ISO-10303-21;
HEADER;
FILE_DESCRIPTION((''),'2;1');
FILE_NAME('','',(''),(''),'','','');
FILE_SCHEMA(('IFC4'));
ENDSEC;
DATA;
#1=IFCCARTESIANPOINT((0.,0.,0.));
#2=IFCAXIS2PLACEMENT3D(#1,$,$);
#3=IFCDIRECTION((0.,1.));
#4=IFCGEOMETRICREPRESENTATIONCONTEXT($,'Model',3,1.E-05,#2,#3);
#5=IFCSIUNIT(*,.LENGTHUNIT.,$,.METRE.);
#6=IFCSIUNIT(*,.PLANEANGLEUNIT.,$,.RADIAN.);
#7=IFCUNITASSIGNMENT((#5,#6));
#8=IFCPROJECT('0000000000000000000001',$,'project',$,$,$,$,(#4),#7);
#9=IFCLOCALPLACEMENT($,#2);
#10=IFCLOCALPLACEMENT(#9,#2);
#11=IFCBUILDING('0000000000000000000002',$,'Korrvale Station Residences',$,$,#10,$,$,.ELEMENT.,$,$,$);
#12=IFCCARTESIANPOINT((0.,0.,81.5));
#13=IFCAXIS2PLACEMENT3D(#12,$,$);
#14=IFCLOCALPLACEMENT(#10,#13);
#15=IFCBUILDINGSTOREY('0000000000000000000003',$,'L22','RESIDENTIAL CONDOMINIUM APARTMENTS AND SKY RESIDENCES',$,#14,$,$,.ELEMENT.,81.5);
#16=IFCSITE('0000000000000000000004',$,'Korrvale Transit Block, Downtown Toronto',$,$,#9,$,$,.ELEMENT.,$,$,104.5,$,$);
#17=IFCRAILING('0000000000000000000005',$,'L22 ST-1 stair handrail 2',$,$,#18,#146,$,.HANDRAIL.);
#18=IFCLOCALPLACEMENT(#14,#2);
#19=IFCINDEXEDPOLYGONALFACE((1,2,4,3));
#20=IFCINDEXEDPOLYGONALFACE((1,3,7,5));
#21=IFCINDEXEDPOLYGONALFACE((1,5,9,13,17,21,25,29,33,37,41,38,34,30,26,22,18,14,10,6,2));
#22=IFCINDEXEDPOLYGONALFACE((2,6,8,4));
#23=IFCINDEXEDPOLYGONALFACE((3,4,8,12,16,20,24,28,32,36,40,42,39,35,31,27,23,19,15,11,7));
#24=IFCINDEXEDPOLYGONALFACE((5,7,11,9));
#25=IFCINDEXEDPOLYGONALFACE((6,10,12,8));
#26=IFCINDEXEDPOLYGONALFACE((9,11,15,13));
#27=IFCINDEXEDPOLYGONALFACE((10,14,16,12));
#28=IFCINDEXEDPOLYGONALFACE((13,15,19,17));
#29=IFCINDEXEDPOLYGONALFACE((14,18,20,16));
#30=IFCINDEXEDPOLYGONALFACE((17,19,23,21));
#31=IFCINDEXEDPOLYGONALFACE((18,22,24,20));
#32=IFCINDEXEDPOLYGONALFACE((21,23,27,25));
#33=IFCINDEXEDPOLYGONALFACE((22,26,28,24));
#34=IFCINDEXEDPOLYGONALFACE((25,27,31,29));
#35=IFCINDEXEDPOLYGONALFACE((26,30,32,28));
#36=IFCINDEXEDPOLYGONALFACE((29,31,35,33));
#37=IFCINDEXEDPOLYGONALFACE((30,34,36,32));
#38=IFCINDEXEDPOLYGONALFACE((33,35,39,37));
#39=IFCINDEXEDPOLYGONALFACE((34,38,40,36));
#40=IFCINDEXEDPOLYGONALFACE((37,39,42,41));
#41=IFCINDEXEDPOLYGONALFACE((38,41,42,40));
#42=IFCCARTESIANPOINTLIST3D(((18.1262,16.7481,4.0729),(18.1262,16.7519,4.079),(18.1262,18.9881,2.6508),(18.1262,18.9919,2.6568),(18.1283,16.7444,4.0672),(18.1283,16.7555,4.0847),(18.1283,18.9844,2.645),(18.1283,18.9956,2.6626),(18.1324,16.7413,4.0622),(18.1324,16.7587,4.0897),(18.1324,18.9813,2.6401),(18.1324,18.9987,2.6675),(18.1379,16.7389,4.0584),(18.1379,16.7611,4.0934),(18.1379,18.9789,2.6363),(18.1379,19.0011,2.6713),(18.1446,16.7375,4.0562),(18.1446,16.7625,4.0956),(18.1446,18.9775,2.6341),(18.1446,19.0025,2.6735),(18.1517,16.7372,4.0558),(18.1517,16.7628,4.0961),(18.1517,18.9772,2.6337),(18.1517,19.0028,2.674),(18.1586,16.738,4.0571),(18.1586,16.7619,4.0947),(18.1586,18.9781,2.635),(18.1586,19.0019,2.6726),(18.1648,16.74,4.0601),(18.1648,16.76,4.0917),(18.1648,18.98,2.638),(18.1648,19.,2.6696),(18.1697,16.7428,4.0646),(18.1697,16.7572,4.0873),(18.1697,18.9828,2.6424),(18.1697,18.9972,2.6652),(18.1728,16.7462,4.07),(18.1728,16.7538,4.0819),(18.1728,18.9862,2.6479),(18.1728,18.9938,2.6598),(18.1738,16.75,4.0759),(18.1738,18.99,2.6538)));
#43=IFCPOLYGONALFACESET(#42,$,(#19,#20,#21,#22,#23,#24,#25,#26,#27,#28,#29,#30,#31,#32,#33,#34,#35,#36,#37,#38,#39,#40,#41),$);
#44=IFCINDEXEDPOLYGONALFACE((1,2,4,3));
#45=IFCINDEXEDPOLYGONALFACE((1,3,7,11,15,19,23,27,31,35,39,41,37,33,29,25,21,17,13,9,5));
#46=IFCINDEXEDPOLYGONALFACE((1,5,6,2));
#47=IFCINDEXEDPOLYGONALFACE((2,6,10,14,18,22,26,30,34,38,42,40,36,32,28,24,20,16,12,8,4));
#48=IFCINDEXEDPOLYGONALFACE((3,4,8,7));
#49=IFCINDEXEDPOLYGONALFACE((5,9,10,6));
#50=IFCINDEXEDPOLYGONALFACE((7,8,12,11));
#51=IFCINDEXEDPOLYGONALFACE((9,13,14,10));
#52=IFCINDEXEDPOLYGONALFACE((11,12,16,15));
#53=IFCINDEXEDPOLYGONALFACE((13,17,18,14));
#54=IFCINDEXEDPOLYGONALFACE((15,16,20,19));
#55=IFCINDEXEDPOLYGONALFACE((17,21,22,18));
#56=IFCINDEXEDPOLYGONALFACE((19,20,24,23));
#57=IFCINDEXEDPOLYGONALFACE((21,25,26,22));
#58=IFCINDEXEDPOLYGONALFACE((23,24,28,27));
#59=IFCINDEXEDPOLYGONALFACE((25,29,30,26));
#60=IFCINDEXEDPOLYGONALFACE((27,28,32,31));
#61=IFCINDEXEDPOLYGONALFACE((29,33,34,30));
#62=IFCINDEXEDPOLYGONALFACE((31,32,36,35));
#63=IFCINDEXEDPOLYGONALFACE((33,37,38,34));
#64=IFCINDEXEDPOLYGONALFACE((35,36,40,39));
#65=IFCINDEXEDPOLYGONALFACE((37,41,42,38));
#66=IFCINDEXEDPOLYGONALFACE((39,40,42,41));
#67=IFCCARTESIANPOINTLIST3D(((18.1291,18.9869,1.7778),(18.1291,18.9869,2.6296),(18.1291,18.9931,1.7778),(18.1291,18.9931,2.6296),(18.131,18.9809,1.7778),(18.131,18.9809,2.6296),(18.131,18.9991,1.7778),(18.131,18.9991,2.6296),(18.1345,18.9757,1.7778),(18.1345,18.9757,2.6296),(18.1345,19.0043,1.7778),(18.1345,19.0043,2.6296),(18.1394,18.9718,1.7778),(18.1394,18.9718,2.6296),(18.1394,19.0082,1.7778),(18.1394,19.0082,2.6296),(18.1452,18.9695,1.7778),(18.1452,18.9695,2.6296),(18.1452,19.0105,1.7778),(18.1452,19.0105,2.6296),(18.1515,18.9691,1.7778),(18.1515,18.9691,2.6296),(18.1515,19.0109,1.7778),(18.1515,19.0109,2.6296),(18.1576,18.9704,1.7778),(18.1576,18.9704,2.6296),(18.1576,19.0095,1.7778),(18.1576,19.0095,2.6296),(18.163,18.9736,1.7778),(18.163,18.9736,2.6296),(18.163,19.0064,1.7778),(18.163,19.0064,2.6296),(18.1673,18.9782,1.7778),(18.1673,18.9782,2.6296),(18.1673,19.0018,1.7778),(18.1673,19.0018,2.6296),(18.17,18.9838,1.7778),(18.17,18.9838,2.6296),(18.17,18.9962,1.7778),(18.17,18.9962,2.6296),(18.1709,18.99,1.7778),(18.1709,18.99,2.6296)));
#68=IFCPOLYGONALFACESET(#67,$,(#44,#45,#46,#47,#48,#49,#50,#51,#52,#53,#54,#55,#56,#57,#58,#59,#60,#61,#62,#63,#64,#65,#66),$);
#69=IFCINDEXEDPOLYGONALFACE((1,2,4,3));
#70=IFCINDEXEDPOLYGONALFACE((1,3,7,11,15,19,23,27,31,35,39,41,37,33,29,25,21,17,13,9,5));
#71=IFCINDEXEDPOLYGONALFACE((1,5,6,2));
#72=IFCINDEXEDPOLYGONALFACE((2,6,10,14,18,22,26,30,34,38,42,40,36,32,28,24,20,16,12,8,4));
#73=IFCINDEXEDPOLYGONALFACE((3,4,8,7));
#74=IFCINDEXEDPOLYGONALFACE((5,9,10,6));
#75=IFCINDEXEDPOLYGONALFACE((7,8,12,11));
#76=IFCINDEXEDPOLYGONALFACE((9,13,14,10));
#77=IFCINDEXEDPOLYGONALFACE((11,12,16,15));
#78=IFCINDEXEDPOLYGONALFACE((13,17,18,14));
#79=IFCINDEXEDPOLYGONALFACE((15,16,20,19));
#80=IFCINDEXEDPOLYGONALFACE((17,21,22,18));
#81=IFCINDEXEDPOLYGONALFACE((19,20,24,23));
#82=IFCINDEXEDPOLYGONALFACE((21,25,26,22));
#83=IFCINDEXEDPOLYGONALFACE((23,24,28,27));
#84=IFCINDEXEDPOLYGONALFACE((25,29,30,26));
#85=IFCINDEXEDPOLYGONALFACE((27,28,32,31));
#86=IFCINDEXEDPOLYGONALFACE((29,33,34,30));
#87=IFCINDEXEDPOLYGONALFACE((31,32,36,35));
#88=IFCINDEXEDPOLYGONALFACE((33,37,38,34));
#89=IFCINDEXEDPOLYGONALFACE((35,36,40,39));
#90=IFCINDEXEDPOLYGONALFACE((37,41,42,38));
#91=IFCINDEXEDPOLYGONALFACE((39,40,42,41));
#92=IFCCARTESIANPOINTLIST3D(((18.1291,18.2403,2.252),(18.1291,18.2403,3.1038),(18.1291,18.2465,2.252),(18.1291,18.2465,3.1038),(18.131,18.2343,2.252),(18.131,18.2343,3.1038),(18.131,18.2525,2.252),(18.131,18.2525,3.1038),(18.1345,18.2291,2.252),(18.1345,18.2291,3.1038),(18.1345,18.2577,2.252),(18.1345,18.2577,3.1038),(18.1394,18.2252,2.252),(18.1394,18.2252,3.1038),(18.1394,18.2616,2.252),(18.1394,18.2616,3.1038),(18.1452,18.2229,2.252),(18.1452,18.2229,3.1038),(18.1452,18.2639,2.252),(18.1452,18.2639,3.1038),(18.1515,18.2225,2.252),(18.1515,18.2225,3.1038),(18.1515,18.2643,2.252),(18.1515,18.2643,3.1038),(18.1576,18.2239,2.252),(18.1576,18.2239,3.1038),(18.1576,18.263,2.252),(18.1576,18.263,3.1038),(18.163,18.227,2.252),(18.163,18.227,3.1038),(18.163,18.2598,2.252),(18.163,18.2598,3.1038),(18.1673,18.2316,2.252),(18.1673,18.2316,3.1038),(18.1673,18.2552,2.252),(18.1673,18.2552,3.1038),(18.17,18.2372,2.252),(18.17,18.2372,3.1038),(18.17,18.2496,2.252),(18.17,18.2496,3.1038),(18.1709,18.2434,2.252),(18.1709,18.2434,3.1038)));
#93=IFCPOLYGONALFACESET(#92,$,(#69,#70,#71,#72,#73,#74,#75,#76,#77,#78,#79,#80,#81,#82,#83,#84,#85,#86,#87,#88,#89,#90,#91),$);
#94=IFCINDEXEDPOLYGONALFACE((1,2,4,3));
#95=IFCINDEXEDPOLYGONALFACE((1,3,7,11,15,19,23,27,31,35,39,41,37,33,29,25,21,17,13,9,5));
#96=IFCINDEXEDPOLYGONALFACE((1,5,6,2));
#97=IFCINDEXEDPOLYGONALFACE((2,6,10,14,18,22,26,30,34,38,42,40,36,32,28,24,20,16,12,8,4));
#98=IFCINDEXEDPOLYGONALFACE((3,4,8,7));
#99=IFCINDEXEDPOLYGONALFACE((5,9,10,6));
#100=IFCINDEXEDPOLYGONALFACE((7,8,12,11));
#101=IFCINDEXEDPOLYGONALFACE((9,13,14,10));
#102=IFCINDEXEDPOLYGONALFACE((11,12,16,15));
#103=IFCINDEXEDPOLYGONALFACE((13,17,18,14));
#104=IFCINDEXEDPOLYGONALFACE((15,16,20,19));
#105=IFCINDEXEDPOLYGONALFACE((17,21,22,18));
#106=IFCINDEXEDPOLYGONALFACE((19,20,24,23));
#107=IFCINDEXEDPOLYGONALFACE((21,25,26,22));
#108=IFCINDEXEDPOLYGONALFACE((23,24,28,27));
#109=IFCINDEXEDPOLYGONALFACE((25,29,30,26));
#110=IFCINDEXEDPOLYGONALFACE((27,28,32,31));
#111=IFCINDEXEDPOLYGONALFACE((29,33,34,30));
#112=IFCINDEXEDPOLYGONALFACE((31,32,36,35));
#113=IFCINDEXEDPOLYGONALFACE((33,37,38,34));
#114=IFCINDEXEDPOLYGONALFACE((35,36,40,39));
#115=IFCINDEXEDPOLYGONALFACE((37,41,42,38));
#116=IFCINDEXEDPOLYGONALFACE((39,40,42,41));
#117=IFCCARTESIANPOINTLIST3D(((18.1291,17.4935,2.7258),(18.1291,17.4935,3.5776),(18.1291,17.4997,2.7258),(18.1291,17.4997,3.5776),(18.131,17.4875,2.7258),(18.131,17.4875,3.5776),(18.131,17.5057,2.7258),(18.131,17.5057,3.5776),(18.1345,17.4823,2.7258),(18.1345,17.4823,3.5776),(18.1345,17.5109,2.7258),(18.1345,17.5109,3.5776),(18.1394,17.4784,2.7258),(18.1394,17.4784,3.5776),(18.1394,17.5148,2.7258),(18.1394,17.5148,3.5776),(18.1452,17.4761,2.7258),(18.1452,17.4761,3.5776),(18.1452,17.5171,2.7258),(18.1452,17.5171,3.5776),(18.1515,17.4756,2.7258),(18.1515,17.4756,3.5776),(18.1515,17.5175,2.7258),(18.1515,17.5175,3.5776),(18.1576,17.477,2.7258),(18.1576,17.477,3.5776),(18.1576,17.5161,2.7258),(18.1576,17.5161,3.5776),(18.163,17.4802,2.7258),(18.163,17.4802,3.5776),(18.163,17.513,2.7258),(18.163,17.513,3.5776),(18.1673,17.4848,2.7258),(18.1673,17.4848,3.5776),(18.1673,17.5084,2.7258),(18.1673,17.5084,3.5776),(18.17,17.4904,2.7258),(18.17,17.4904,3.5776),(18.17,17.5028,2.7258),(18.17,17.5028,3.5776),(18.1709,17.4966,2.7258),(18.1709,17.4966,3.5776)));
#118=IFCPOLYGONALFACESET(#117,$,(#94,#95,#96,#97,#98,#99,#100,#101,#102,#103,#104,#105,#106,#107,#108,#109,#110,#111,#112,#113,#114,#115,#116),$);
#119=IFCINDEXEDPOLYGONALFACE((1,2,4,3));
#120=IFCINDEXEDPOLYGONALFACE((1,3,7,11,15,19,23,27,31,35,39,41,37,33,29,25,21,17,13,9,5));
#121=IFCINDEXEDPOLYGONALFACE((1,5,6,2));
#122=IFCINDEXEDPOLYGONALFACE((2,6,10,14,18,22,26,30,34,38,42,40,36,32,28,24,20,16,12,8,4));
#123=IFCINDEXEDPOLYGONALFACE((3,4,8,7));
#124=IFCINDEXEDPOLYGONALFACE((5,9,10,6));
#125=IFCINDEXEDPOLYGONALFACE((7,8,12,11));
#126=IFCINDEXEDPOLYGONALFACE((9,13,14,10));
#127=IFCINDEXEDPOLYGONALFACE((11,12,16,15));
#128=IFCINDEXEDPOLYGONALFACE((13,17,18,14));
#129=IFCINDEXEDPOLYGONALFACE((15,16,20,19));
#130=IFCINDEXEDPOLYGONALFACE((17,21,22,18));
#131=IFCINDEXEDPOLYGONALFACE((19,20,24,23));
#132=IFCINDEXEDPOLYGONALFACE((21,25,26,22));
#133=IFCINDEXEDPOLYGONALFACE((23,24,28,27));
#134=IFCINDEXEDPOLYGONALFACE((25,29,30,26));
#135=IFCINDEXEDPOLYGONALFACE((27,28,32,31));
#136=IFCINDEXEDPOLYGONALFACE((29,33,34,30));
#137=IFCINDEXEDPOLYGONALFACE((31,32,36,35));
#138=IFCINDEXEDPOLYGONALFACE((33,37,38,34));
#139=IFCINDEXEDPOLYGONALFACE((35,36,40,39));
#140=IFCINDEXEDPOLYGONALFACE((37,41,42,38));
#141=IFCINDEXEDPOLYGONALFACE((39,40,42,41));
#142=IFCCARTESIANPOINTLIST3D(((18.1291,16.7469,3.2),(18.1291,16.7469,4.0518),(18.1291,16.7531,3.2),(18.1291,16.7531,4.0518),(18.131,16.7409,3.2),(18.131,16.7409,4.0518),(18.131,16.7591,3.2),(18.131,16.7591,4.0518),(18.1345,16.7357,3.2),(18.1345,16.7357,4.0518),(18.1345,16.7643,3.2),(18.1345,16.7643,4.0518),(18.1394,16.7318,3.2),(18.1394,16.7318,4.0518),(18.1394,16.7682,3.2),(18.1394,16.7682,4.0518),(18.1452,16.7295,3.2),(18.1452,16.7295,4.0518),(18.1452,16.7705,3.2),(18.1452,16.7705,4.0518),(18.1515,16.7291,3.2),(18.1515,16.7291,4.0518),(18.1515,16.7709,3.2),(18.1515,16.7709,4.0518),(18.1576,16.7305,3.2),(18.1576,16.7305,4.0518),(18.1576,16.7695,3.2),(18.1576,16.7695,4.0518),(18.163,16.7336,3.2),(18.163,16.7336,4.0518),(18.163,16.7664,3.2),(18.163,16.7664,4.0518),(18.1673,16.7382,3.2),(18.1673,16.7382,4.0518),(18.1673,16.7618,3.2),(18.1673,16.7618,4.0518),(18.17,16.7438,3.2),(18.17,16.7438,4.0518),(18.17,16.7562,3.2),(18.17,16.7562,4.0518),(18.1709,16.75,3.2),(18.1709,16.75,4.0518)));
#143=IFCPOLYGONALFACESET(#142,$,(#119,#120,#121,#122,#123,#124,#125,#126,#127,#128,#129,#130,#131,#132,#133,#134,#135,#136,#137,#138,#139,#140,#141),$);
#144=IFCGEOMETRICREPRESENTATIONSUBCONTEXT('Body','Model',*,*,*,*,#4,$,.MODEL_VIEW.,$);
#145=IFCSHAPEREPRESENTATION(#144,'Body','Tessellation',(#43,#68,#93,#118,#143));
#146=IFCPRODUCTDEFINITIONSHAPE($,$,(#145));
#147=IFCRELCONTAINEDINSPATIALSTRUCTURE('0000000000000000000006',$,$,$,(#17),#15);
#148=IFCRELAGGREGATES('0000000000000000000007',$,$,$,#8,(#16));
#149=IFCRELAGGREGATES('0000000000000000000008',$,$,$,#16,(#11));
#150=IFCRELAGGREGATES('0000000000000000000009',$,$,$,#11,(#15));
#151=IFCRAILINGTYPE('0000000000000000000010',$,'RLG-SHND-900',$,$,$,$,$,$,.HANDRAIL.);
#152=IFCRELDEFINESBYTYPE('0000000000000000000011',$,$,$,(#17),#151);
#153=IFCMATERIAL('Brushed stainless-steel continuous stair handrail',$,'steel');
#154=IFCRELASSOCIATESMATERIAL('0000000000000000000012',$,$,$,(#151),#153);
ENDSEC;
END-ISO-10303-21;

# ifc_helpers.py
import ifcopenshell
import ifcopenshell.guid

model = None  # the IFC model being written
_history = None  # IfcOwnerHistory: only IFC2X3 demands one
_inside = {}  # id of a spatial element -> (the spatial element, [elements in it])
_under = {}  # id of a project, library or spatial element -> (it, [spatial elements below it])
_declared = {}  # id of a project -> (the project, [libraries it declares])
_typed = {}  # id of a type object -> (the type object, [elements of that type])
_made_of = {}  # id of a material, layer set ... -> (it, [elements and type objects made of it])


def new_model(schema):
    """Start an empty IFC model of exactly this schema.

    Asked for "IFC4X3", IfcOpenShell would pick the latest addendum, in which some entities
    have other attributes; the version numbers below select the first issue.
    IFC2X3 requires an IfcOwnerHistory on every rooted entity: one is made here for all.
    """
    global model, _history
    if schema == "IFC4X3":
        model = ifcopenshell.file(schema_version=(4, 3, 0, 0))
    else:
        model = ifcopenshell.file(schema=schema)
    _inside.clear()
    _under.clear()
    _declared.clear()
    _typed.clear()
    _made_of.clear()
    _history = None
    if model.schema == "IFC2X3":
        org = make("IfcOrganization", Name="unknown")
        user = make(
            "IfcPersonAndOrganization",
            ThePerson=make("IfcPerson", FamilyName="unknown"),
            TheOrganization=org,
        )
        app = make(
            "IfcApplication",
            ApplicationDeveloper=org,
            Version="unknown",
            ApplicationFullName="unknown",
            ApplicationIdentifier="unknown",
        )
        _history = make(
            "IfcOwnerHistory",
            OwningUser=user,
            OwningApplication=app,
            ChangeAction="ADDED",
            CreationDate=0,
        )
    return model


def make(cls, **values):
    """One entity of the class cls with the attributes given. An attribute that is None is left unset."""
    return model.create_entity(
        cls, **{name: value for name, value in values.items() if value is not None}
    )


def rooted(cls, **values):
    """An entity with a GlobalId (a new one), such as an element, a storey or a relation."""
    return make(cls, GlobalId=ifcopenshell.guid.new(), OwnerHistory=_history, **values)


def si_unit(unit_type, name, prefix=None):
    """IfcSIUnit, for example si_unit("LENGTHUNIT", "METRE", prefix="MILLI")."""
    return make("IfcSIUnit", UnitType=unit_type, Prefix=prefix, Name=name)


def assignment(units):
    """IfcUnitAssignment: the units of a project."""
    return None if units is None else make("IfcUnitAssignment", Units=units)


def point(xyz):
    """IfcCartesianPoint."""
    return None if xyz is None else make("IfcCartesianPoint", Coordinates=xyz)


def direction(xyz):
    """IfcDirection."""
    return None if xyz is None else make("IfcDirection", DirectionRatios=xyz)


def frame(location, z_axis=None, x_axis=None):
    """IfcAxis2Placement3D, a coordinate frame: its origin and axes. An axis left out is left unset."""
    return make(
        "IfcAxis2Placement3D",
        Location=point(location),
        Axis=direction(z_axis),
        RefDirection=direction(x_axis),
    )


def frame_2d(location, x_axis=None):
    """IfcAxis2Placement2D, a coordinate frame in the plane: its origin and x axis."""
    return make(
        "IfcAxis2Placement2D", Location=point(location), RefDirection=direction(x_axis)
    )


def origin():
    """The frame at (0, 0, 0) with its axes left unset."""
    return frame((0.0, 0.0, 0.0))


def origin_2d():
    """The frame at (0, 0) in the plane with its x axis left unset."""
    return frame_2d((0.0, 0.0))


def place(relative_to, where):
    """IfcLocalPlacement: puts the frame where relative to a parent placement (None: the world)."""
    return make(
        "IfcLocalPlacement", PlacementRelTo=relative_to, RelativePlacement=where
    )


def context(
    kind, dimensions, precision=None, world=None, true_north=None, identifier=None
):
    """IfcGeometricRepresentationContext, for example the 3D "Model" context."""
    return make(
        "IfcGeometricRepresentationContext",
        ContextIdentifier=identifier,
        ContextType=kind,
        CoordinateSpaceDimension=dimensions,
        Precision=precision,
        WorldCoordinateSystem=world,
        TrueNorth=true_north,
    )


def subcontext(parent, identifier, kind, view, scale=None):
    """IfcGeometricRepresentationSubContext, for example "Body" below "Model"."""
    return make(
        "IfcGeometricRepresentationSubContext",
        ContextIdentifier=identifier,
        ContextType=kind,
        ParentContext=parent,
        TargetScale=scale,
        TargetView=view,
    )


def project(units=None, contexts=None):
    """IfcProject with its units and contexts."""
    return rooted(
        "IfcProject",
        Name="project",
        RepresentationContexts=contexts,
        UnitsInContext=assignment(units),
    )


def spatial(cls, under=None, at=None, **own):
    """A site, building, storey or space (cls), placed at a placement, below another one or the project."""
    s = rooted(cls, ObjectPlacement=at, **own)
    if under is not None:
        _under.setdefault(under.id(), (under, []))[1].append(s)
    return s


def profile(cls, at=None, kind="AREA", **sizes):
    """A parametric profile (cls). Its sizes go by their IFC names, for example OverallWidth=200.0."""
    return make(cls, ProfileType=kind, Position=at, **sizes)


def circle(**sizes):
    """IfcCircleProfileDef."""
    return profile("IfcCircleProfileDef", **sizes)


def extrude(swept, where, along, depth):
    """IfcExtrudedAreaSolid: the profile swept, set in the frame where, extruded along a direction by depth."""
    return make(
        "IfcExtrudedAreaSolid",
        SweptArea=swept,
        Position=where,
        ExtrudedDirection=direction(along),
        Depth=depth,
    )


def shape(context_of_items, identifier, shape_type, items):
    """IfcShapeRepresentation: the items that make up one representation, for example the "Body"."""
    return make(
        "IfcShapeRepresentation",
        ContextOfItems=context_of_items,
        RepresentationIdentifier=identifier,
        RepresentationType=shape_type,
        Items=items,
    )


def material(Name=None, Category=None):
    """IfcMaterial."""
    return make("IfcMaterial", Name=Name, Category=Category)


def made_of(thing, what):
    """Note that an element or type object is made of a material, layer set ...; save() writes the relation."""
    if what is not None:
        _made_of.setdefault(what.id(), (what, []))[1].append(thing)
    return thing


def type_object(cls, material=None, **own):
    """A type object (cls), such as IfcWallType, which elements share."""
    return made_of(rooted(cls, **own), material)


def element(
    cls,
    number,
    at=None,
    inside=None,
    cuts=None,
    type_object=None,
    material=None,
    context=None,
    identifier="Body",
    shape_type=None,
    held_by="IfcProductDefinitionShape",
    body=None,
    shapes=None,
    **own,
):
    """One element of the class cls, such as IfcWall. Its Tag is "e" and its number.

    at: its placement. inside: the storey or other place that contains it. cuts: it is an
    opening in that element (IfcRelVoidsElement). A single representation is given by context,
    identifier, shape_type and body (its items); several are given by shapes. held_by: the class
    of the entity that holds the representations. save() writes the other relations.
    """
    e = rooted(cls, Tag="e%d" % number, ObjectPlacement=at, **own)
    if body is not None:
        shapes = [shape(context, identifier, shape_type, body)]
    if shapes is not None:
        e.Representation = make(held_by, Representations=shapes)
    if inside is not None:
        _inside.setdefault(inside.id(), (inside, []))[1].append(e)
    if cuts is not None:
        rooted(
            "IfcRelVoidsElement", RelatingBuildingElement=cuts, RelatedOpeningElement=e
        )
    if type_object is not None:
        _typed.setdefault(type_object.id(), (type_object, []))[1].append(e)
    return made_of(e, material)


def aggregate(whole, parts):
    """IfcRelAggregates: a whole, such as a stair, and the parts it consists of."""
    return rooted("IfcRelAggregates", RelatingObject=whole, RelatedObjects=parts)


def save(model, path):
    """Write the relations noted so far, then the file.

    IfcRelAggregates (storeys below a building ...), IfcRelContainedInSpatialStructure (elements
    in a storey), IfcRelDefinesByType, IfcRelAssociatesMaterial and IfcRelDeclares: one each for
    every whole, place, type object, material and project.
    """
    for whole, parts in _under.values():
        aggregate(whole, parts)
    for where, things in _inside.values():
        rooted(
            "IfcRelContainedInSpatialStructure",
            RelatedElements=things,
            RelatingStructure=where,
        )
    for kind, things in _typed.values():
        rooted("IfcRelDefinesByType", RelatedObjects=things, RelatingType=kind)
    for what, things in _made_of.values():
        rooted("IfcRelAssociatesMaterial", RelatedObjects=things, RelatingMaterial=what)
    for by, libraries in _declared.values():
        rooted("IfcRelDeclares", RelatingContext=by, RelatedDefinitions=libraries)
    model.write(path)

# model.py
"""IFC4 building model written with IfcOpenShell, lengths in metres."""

from ifc_helpers import new_model, si_unit, direction, frame, origin, origin_2d, place, context, subcontext, project, spatial, circle, extrude, material, type_object, element, save


model = new_model("IFC4")

# Units and contexts
model_context = context("Model", 3, precision=1e-05, world=origin(), true_north=direction((0.0, 1.0)))
body_context = subcontext(model_context, "Body", "Model", "MODEL_VIEW")
ifc_project = project(units=[si_unit("LENGTHUNIT", "METRE"), si_unit("PLANEANGLEUNIT", "RADIAN")], contexts=[model_context])

# Site, building, storey
site_placement = place(None, origin())
site = spatial("IfcSite", under=ifc_project, at=site_placement, Name="Korrvale Transit Block, Downtown Toronto", CompositionType="ELEMENT", RefElevation=104.5)
building_placement = place(site_placement, origin())
building = spatial("IfcBuilding", under=site, at=building_placement, Name="Korrvale Station Residences", CompositionType="ELEMENT")
storey_placement = place(building_placement, frame((0.0, 0.0, 81.5)))
storey = spatial("IfcBuildingStorey", under=building, at=storey_placement, Name="L22", Description="RESIDENTIAL CONDOMINIUM APARTMENTS AND SKY RESIDENCES", CompositionType="ELEMENT", Elevation=81.5)

# Railing
ifc_material_1 = material(Name="Brushed stainless-steel continuous stair handrail", Category="steel")
railing_type_1 = type_object("IfcRailingType", Name="RLG-SHND-900", PredefinedType="HANDRAIL", material=ifc_material_1)
railing_1_placement = place(storey_placement, frame((18.1499, 18.99, 1.7778)))
element("IfcRailing", 1, at=railing_1_placement, inside=storey, type_object=railing_type_1, Name="L22 ST-1 stair handrail 2", PredefinedType="HANDRAIL", context=body_context, shape_type="SweptSolid", body=[
    extrude(circle(Radius=0.0239, at=origin_2d()), frame((0.0, 0.0, 0.876), z_axis=(0.0, -0.844229, 0.535982), x_axis=(1.0, 0.0, 0.0)), (0.0, 0.0, 1.0), 2.6533),
    extrude(circle(Radius=0.021, at=origin_2d()), origin(), (0.0, 0.0, 1.0), 0.8518),
    extrude(circle(Radius=0.021, at=origin_2d()), frame((0.0, -0.7466, 0.4741)), (0.0, 0.0, 1.0), 0.8518),
    extrude(circle(Radius=0.021, at=origin_2d()), frame((0.0, -1.4934, 0.948)), (0.0, 0.0, 1.0), 0.8518),
    extrude(circle(Radius=0.021, at=origin_2d()), frame((0.0, -2.24, 1.4221)), (0.0, 0.0, 1.0), 0.8518),
])

save(model, "model.ifc")
